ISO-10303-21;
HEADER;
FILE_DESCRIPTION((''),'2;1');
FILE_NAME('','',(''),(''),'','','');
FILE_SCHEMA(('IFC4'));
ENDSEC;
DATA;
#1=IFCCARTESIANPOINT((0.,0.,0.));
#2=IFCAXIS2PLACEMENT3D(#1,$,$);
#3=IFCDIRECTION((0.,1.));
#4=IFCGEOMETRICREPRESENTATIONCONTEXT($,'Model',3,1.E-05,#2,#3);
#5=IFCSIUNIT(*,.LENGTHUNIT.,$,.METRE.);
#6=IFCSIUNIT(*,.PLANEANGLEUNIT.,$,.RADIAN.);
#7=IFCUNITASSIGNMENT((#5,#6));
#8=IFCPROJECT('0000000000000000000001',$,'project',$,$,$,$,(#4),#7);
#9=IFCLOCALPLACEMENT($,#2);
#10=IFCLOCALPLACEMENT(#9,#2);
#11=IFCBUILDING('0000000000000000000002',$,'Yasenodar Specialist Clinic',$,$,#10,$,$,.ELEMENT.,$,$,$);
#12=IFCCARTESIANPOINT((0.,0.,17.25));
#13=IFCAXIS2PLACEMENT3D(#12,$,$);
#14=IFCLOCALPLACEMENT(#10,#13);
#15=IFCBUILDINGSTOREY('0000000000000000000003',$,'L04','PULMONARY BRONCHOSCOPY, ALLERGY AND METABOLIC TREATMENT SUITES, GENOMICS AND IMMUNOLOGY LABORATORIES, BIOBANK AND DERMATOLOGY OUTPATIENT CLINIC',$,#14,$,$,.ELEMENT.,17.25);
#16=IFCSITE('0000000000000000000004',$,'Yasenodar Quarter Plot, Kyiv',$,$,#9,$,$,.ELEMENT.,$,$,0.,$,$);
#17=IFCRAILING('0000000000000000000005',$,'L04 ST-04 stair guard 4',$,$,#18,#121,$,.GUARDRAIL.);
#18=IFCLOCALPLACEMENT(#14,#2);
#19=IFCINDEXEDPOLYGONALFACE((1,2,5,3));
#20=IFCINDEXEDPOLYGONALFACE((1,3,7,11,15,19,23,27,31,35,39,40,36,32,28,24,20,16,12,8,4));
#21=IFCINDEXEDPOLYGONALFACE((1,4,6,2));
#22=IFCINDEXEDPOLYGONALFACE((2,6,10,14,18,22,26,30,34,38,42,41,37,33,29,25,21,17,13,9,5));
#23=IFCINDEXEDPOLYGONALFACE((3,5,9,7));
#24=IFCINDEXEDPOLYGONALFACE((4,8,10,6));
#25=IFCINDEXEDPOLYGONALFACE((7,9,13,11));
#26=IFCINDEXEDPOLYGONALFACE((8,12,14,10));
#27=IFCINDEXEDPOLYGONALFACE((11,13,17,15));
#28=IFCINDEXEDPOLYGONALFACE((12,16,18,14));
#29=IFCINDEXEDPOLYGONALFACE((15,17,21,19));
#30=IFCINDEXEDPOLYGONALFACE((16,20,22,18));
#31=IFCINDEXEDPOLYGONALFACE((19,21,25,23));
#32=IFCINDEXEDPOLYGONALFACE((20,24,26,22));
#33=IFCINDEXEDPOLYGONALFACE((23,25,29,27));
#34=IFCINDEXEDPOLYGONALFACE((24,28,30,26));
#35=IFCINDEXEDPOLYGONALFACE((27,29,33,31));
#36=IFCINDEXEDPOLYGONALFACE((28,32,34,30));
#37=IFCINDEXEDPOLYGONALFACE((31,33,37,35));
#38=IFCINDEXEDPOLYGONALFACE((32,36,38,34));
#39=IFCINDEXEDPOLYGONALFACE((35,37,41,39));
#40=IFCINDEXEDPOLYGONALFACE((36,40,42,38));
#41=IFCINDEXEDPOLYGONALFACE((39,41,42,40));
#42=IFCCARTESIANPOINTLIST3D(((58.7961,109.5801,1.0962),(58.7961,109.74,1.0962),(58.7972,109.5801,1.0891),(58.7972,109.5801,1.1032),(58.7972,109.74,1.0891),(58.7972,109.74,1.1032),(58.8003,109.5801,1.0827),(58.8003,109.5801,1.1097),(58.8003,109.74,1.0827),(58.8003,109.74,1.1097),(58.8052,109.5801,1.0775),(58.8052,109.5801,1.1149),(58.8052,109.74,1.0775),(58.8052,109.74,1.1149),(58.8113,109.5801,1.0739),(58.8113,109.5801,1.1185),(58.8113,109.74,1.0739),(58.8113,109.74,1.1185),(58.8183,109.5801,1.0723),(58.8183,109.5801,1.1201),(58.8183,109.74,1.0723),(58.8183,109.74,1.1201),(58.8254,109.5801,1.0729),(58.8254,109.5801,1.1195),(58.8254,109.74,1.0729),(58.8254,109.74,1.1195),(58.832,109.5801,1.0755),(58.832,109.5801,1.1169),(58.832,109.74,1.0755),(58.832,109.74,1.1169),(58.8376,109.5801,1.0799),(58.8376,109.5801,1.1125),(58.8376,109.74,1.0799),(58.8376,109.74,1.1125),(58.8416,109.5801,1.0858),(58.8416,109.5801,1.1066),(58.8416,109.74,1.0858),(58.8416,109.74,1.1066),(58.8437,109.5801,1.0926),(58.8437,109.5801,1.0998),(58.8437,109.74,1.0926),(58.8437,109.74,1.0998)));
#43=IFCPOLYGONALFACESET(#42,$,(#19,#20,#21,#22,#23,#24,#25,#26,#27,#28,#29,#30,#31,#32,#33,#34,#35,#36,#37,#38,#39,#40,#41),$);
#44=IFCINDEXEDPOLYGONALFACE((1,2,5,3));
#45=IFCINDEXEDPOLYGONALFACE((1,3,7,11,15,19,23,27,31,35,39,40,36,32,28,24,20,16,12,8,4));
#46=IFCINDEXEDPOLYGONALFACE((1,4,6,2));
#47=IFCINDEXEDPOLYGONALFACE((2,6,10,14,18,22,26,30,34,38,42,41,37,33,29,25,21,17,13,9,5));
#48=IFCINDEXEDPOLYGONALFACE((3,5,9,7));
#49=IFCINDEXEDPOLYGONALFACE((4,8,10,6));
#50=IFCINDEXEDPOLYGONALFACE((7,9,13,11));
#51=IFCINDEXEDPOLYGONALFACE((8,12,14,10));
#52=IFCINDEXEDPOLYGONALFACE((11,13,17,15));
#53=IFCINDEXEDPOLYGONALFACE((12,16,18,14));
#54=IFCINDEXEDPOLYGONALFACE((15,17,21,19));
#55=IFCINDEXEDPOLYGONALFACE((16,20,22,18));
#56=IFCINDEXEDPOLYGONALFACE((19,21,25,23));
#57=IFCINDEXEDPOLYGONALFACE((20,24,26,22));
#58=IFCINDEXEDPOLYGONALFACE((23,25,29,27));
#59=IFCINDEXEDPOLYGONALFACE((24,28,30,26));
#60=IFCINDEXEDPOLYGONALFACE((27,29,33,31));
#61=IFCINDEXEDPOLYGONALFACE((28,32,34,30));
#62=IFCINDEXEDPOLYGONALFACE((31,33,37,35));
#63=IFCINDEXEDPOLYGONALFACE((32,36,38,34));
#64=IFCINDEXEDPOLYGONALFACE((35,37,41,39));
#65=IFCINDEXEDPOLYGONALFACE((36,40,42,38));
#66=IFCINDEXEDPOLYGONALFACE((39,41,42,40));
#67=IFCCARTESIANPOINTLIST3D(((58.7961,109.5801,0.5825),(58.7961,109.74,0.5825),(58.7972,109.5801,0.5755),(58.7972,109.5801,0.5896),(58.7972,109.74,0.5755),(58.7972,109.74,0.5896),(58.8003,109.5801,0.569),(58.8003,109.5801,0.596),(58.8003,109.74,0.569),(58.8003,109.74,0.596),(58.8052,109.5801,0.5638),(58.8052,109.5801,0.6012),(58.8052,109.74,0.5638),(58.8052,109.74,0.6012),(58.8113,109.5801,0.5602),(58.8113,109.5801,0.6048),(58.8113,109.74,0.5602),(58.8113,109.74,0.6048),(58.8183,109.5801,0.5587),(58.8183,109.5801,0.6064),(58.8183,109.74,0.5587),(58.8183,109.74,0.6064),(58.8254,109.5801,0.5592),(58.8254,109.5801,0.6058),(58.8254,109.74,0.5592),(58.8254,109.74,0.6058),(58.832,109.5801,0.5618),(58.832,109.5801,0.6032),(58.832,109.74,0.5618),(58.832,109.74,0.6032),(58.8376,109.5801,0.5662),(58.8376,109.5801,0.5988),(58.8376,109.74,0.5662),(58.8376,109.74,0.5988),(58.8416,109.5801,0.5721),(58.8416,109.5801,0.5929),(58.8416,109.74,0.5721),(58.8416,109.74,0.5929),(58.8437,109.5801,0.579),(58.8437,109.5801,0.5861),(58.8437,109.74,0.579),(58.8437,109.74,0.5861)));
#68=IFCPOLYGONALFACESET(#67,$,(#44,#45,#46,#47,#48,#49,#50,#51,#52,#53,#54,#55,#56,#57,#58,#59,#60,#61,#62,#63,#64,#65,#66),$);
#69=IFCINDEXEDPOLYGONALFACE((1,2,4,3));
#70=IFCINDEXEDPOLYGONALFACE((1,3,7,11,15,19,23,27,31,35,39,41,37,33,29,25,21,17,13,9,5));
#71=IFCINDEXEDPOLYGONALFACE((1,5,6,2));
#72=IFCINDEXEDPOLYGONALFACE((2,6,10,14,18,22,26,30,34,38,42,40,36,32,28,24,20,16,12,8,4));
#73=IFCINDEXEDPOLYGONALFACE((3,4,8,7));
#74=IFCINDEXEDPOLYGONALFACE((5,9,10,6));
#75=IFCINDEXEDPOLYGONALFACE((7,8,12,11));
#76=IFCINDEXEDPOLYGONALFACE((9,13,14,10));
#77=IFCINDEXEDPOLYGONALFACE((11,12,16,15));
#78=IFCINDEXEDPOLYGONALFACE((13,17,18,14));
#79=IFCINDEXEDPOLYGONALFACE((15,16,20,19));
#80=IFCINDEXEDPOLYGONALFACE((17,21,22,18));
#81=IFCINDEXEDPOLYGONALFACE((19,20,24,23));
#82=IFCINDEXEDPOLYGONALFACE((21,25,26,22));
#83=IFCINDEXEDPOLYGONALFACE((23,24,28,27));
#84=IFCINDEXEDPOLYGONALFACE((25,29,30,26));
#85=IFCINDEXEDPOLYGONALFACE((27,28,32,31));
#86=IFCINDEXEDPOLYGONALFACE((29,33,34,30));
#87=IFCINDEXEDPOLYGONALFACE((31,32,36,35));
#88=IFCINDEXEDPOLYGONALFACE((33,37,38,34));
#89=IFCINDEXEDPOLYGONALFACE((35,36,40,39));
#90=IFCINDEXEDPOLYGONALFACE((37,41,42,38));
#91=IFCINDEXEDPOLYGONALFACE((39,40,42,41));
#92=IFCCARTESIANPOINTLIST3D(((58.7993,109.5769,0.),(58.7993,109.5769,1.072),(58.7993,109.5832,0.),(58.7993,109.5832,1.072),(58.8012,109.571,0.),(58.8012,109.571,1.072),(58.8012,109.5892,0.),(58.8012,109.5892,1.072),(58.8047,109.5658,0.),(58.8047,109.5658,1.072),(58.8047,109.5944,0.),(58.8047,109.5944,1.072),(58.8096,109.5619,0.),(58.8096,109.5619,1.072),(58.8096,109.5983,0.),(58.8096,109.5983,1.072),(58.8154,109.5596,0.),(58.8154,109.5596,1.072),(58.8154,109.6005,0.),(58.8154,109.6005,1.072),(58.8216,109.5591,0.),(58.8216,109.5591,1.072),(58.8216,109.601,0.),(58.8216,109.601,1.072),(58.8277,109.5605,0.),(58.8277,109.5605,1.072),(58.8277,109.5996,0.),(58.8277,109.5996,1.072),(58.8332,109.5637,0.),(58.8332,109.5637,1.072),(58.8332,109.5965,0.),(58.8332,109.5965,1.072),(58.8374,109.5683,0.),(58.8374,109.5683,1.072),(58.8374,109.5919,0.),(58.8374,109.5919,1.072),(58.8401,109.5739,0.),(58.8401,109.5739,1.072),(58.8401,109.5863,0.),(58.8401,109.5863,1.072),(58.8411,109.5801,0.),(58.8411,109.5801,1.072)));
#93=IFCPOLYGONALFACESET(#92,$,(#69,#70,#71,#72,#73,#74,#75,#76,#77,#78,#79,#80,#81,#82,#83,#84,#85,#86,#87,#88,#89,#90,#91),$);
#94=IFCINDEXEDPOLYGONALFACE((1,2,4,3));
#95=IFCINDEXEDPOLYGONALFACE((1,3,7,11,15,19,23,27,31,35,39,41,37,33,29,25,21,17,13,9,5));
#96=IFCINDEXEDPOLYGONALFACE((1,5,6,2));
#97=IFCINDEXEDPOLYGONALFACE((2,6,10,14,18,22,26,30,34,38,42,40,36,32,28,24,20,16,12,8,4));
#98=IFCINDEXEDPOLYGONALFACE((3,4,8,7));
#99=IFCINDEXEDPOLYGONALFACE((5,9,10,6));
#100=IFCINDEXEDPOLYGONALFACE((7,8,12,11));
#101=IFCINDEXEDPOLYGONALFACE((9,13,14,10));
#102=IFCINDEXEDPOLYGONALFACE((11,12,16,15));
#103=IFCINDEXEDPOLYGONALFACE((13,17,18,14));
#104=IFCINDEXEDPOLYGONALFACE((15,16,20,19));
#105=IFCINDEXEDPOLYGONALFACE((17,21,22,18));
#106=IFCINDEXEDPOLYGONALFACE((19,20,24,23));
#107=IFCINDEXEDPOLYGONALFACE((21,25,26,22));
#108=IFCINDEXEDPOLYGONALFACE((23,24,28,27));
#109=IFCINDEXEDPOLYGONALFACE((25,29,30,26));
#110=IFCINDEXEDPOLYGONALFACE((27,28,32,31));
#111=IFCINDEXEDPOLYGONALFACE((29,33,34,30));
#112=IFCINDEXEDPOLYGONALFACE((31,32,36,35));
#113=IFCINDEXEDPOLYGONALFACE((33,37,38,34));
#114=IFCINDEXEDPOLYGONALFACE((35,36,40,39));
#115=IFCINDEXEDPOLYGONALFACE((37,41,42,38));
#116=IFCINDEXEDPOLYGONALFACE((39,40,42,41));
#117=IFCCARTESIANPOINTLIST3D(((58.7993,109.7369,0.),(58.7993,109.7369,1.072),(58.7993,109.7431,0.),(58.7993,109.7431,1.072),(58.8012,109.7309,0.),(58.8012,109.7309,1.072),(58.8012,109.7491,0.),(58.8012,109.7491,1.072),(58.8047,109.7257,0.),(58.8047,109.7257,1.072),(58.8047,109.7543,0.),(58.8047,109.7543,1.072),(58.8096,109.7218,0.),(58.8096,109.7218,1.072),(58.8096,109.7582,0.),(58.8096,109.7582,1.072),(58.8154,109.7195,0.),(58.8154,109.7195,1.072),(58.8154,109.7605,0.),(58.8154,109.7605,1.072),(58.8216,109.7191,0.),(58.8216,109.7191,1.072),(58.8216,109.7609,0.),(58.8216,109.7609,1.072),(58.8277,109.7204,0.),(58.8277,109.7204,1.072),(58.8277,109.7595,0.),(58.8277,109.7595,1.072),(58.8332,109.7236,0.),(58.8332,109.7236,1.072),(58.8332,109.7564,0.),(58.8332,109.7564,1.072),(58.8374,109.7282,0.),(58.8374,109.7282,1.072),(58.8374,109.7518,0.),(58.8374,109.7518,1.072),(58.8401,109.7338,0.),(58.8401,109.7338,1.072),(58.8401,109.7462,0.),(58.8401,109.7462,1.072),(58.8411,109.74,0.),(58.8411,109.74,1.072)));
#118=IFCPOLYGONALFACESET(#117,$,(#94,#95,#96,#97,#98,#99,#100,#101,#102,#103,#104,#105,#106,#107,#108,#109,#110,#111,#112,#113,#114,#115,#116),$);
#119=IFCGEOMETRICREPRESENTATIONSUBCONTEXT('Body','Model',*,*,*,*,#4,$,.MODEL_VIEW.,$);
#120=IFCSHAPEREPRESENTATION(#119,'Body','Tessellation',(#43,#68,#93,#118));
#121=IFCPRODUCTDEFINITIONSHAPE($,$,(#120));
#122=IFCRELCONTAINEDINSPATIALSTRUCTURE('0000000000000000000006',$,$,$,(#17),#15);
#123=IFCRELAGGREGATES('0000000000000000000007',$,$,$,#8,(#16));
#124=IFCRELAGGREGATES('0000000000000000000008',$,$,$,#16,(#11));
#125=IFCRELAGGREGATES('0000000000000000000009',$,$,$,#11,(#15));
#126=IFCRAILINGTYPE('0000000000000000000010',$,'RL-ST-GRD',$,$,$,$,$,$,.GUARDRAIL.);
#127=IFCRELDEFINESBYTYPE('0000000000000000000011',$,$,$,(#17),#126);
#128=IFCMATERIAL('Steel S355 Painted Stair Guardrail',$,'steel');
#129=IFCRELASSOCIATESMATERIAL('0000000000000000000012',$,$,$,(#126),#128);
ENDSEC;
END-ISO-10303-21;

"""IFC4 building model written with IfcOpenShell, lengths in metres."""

from ifc_helpers import new_model, si_unit, direction, frame, origin, origin_2d, place, context, subcontext, project, spatial, circle, extrude, material, type_object, element, save


model = new_model("IFC4")

# Units and contexts
model_context = context("Model", 3, precision=1e-05, world=origin(), true_north=direction((0.0, 1.0)))
body_context = subcontext(model_context, "Body", "Model", "MODEL_VIEW")
ifc_project = project(units=[si_unit("LENGTHUNIT", "METRE"), si_unit("PLANEANGLEUNIT", "RADIAN")], contexts=[model_context])

# Site, building, storey
site_placement = place(None, origin())
site = spatial("IfcSite", under=ifc_project, at=site_placement, Name="Yasenodar Quarter Plot, Kyiv", CompositionType="ELEMENT", RefElevation=0.0)
building_placement = place(site_placement, origin())
building = spatial("IfcBuilding", under=site, at=building_placement, Name="Yasenodar Specialist Clinic", CompositionType="ELEMENT")
storey_placement = place(building_placement, frame((0.0, 0.0, 17.25)))
storey = spatial("IfcBuildingStorey", under=building, at=storey_placement, Name="L04", Description="PULMONARY BRONCHOSCOPY, ALLERGY AND METABOLIC TREATMENT SUITES, GENOMICS AND IMMUNOLOGY LABORATORIES, BIOBANK AND DERMATOLOGY OUTPATIENT CLINIC", CompositionType="ELEMENT", Elevation=17.25)

# Railing
ifc_material_1 = material(Name="Steel S355 Painted Stair Guardrail", Category="steel")
railing_type_1 = type_object("IfcRailingType", Name="RL-ST-GRD", PredefinedType="GUARDRAIL", material=ifc_material_1)
railing_1_placement = place(storey_placement, frame((58.8201, 109.5801, 0.0)))
element("IfcRailing", 1, at=railing_1_placement, inside=storey, type_object=railing_type_1, Name="L04 ST-04 stair guard 4", PredefinedType="GUARDRAIL", context=body_context, shape_type="SweptSolid", body=[
    extrude(circle(Radius=0.0239, at=origin_2d()), frame((0.0, 0.0, 1.0962), z_axis=(0.0, 1.0, 0.0), x_axis=(-1.0, 0.0, 0.0)), (0.0, 0.0, 1.0), 0.1599),
    extrude(circle(Radius=0.0239, at=origin_2d()), frame((0.0, 0.0, 0.5825), z_axis=(0.0, 1.0, 0.0), x_axis=(-1.0, 0.0, 0.0)), (0.0, 0.0, 1.0), 0.1599),
    extrude(circle(Radius=0.021, at=origin_2d()), origin(), (0.0, 0.0, 1.0), 1.072),
    extrude(circle(Radius=0.021, at=origin_2d()), frame((0.0, 0.1599, 0.0)), (0.0, 0.0, 1.0), 1.072),
])

save(model, "model.ifc")
